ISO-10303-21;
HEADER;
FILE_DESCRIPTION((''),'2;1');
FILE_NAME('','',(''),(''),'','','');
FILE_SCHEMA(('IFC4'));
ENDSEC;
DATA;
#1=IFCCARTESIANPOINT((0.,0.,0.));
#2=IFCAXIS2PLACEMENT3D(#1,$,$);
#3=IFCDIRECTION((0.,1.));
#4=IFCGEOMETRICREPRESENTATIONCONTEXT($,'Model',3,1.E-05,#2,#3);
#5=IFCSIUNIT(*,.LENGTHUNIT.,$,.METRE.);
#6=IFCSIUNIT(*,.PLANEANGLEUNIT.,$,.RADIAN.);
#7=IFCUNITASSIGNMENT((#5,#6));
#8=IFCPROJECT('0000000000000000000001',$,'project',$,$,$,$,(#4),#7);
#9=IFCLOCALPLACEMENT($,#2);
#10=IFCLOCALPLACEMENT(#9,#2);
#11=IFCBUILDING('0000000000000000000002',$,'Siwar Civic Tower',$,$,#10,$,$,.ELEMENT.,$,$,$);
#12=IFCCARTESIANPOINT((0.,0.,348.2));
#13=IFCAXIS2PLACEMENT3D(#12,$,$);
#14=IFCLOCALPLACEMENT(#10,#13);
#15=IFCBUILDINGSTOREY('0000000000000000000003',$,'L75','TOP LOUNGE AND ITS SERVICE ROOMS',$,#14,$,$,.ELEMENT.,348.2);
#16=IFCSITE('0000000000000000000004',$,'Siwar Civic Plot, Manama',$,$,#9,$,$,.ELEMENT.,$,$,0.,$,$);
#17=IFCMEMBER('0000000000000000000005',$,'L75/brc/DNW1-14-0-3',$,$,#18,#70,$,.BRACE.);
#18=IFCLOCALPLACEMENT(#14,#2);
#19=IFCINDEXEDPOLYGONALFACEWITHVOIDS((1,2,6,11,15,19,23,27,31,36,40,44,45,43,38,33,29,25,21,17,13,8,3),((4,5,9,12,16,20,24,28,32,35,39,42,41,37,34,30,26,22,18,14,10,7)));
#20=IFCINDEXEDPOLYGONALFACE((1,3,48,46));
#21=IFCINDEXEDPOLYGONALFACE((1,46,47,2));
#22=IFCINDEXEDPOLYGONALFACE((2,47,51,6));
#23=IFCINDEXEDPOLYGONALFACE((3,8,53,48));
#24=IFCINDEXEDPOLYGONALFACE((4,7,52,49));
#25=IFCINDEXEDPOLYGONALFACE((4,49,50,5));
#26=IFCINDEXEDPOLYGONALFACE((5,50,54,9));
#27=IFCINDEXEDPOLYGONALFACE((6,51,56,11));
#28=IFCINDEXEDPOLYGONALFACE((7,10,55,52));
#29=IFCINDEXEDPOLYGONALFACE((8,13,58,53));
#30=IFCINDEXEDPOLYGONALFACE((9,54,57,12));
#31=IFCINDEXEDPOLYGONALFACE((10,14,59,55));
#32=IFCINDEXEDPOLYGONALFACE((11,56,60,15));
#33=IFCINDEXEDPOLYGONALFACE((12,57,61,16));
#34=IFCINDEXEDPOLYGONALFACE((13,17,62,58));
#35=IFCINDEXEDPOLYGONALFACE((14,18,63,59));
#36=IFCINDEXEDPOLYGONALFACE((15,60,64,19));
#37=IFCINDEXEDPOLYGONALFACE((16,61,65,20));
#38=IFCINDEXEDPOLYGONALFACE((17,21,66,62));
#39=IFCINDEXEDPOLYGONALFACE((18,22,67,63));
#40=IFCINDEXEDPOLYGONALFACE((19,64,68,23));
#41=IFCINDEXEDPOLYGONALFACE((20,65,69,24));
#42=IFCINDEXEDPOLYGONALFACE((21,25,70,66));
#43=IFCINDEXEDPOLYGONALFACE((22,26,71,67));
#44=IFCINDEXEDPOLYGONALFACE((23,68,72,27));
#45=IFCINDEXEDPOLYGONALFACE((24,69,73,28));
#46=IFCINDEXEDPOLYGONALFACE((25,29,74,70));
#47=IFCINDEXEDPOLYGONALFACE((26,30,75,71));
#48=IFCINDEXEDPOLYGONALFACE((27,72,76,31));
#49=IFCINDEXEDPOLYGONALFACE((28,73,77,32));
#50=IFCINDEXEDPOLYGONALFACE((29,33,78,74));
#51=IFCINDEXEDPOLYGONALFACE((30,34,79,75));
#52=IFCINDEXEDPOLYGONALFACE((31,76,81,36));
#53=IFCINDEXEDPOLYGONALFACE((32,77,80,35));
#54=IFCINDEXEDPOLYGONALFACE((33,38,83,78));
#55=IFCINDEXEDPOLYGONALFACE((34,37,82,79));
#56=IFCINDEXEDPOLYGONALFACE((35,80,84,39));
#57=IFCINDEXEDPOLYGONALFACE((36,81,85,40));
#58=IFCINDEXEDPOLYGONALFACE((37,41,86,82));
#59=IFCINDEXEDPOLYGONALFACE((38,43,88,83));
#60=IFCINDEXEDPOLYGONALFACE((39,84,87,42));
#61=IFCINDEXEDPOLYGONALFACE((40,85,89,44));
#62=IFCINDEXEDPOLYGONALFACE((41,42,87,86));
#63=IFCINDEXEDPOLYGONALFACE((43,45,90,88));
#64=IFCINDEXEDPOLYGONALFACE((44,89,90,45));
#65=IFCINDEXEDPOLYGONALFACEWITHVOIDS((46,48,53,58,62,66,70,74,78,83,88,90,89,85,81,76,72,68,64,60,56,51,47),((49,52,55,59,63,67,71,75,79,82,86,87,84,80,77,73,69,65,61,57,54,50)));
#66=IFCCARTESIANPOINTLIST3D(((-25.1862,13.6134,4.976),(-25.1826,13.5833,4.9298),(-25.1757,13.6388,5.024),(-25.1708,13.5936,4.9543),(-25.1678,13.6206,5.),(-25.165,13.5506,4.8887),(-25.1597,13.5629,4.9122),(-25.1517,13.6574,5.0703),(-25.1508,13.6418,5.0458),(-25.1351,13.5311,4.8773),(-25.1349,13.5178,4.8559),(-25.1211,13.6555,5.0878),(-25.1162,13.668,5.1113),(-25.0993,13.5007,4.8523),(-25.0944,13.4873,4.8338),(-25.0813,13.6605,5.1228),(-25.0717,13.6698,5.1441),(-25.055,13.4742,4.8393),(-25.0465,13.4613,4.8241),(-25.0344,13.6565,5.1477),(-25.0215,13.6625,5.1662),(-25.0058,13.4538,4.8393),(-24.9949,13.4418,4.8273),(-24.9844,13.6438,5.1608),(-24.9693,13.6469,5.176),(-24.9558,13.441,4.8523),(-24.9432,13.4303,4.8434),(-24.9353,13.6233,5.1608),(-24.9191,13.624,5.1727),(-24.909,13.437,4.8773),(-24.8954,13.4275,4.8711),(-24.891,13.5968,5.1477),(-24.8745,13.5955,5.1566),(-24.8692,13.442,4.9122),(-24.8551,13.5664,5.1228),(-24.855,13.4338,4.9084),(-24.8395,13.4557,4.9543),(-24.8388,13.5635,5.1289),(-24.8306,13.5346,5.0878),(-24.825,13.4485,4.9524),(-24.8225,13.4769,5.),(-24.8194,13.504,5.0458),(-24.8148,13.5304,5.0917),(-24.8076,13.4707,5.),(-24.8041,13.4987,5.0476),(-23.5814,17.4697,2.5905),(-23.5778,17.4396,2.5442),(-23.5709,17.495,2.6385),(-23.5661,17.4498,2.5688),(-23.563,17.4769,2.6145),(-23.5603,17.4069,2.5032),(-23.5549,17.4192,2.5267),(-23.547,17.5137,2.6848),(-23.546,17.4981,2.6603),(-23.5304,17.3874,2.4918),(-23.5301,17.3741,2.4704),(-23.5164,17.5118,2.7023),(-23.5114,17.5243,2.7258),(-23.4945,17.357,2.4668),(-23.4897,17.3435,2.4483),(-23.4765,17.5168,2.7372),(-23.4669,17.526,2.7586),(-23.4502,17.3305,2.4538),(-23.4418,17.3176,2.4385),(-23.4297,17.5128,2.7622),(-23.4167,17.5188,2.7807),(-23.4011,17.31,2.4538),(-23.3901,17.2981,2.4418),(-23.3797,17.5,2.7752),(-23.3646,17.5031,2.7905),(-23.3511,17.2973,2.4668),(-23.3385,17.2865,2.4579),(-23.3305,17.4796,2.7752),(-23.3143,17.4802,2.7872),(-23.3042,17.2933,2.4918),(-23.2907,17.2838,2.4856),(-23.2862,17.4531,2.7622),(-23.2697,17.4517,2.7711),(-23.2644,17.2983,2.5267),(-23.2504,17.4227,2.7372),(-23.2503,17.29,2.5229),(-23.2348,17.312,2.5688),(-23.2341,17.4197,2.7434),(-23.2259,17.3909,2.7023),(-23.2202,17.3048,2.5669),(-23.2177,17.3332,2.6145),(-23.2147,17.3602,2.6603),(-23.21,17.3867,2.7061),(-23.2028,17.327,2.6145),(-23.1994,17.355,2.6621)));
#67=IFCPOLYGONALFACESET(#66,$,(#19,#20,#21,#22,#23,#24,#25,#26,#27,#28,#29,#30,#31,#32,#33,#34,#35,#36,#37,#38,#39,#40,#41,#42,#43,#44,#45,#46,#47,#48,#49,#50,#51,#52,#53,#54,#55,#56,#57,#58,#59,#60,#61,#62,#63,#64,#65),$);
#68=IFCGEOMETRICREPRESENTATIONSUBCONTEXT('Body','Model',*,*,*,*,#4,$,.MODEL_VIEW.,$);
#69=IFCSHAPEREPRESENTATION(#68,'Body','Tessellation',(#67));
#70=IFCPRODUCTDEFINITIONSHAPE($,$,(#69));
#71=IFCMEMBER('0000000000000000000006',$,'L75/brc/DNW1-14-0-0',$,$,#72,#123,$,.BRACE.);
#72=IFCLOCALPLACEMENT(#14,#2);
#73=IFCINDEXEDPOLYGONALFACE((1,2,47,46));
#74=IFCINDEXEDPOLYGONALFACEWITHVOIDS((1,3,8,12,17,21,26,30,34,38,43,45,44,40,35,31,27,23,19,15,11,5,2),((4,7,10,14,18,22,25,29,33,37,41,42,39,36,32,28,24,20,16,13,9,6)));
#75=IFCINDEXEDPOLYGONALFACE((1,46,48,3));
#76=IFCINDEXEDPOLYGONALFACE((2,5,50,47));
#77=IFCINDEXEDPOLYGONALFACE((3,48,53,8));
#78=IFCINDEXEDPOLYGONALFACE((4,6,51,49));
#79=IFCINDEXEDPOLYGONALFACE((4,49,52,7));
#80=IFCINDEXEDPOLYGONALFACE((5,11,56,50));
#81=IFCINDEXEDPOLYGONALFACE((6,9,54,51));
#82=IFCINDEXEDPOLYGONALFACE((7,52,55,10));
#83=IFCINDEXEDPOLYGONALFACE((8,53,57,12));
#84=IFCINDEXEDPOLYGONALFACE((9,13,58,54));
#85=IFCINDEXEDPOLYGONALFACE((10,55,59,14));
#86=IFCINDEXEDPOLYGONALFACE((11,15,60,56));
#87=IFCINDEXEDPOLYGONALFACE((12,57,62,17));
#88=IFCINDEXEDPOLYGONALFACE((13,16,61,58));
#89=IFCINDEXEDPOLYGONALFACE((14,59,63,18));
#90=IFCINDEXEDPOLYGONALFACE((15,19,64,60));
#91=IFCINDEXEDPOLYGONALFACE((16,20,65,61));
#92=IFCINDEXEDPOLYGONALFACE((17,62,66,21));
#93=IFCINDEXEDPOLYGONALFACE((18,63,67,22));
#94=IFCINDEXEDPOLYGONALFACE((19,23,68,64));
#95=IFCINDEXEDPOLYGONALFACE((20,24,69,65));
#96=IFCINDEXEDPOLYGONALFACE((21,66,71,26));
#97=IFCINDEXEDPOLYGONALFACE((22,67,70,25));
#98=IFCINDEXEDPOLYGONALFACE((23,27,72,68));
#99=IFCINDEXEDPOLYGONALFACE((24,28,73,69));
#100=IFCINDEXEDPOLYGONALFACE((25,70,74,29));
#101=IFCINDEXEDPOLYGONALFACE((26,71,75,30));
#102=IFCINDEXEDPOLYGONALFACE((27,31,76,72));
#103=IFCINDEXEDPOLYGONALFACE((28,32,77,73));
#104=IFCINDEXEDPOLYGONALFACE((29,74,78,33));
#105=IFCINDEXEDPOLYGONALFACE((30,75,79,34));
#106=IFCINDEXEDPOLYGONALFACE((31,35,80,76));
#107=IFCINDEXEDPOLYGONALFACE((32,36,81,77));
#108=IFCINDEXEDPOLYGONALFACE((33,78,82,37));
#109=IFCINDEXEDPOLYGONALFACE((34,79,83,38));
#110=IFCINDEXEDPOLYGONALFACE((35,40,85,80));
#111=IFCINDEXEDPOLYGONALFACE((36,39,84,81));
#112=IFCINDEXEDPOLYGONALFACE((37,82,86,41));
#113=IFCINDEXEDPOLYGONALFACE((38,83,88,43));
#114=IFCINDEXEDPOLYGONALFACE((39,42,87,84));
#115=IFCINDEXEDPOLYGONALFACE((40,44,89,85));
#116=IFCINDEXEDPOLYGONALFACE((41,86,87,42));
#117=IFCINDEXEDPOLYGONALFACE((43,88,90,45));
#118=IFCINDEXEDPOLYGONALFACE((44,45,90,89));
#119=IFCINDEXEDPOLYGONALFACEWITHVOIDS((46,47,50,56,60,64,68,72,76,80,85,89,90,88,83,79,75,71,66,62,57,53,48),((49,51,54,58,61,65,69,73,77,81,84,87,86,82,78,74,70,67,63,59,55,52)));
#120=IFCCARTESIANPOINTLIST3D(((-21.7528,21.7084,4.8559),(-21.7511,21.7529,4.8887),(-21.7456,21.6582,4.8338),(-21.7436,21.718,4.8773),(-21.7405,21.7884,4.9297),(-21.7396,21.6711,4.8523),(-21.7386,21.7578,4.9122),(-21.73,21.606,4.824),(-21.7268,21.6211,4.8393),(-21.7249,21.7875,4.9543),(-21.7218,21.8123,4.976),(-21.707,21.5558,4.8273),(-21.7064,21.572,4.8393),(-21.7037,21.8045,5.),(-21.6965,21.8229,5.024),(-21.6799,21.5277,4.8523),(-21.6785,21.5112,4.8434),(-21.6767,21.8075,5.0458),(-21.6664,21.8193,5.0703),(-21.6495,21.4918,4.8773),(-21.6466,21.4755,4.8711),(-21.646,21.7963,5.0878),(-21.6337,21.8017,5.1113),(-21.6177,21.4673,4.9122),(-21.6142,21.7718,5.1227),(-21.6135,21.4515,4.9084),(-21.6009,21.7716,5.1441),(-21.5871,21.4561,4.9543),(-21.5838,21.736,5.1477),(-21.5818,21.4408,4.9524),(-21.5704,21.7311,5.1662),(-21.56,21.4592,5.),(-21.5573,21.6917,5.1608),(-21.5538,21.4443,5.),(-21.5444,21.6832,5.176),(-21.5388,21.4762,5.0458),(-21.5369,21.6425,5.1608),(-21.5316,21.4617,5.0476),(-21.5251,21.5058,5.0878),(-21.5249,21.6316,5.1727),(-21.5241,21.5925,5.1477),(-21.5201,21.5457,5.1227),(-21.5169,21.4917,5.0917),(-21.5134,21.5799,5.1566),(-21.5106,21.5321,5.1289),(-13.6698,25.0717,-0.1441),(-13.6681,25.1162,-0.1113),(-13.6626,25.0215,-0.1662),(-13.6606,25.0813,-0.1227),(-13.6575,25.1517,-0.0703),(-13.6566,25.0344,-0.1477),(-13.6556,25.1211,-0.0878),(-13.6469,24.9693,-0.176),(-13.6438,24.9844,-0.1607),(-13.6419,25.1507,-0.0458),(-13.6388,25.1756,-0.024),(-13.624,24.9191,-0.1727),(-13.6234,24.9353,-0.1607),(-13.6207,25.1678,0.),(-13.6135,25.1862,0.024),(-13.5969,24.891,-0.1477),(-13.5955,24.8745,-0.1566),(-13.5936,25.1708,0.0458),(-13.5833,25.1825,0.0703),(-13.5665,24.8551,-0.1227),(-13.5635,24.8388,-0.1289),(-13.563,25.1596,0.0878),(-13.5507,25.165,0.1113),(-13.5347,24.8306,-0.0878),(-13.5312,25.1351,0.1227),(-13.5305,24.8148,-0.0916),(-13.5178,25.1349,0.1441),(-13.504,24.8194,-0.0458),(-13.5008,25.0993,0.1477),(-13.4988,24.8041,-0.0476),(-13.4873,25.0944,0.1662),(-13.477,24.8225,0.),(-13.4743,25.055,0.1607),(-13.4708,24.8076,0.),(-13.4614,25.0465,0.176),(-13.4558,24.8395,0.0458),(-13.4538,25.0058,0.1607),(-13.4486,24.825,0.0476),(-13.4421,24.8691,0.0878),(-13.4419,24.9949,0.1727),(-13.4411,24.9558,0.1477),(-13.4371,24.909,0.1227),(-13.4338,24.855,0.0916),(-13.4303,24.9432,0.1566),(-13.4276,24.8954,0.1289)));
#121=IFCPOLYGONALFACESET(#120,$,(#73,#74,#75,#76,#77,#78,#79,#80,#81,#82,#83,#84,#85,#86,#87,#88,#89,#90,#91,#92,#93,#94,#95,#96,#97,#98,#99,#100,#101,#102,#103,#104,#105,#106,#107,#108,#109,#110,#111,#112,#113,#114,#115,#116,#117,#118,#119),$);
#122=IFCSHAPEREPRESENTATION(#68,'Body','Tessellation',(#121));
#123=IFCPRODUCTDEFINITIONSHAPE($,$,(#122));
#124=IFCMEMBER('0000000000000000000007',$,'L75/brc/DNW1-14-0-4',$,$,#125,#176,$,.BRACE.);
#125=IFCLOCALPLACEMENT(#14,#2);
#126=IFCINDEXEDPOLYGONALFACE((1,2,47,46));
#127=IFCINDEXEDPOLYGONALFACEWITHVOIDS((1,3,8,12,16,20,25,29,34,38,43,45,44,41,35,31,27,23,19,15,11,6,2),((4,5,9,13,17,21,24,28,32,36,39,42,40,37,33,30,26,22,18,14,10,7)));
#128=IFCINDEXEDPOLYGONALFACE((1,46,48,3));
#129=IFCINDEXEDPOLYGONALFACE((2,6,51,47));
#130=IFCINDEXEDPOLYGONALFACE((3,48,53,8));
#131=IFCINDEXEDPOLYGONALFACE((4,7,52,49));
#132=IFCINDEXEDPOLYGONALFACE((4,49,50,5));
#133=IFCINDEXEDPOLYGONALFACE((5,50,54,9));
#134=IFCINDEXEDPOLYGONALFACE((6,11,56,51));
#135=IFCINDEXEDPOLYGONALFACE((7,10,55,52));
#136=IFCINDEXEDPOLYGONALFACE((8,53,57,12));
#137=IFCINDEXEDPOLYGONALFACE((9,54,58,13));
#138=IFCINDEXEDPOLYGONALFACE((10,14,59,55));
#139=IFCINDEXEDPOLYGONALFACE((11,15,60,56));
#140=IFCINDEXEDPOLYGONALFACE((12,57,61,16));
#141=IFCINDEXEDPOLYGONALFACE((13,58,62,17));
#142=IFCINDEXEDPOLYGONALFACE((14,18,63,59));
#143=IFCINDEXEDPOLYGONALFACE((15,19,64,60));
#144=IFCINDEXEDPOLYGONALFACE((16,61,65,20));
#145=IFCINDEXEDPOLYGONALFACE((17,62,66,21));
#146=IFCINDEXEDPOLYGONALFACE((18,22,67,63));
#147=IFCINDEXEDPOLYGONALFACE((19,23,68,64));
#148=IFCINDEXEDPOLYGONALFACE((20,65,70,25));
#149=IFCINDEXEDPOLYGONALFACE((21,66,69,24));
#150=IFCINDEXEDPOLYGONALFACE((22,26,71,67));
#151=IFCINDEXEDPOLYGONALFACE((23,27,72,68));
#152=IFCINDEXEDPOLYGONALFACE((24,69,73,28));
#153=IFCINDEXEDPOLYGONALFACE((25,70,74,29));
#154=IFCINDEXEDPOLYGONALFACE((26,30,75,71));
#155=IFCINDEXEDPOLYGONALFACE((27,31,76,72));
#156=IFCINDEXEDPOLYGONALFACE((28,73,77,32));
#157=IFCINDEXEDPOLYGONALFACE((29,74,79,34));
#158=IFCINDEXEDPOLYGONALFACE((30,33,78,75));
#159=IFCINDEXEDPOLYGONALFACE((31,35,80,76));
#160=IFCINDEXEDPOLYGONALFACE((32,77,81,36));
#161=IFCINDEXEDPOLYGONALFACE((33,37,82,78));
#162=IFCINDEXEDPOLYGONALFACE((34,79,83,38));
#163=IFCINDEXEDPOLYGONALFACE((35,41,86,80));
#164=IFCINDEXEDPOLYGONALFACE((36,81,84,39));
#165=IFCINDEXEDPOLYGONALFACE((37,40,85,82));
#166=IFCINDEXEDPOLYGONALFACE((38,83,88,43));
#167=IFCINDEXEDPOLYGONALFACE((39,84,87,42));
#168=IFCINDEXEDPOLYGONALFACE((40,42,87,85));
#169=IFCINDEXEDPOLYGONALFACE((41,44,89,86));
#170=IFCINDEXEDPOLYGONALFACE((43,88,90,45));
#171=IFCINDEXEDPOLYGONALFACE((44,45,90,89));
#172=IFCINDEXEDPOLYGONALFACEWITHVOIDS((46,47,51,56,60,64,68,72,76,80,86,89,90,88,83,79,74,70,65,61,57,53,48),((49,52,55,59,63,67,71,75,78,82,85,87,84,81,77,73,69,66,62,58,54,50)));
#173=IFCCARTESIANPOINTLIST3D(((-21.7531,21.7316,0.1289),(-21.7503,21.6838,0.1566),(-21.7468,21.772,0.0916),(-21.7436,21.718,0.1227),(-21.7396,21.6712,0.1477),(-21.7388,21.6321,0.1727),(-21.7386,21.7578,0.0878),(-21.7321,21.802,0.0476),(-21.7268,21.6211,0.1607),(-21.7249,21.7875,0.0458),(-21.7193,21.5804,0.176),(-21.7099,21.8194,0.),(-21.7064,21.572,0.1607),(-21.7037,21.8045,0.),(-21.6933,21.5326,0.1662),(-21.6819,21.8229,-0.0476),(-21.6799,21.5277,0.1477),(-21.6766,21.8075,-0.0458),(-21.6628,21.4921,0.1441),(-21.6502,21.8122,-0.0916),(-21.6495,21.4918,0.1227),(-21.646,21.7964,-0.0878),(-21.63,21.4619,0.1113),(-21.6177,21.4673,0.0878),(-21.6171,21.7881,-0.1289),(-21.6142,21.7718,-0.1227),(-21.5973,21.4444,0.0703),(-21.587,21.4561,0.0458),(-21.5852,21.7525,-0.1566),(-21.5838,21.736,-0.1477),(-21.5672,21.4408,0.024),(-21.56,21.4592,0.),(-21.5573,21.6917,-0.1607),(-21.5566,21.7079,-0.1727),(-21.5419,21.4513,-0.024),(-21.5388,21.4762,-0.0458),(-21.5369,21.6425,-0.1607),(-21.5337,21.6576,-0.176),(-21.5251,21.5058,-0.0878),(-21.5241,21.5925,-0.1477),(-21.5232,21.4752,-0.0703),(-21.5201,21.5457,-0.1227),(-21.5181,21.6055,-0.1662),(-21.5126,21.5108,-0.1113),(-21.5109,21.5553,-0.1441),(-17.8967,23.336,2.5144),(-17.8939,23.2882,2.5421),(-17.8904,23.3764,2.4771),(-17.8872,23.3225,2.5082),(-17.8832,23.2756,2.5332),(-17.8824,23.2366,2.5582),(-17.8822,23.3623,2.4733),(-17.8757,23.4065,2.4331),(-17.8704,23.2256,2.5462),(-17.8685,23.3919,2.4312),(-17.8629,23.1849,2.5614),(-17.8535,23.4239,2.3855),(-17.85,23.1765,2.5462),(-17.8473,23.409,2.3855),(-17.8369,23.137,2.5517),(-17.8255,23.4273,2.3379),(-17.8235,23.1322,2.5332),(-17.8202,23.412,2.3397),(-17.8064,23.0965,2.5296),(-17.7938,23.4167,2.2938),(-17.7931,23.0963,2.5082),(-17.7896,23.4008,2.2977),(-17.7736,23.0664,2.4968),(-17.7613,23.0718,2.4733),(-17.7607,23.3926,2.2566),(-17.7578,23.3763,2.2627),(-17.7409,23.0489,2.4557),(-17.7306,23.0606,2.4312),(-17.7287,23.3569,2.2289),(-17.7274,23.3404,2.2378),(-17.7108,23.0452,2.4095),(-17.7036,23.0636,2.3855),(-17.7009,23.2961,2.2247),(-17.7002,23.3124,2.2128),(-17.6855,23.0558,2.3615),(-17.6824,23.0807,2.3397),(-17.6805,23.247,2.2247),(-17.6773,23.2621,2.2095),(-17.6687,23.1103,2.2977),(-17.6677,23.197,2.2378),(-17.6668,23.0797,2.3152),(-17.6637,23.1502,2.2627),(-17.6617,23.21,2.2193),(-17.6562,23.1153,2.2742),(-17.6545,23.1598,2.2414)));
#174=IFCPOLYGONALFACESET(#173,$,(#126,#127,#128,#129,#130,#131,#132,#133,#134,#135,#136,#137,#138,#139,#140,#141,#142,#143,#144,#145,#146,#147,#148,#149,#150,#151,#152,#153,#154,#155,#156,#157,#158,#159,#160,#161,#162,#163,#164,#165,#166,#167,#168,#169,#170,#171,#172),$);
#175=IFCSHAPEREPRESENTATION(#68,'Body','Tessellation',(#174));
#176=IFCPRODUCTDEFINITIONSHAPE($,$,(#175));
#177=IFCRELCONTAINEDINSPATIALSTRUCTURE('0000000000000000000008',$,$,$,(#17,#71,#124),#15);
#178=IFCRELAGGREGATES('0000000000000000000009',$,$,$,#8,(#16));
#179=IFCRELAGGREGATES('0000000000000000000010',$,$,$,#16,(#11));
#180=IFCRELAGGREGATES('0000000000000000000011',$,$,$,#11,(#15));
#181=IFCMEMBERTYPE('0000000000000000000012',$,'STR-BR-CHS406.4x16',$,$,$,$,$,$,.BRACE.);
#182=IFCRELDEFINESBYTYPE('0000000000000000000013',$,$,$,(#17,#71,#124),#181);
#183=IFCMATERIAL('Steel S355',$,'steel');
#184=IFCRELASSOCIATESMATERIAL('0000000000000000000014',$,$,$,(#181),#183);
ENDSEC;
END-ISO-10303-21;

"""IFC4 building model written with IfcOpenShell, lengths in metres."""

from ifc_helpers import new_model, si_unit, direction, frame, origin, origin_2d, place, context, subcontext, project, spatial, hollow_circle, extrude, material, material_profile, profile_set, type_object, element, save


model = new_model("IFC4")

# Units and contexts
model_context = context("Model", 3, precision=1e-05, world=origin(), true_north=direction((0.0, 1.0)))
body_context = subcontext(model_context, "Body", "Model", "MODEL_VIEW")
ifc_project = project(units=[si_unit("LENGTHUNIT", "METRE"), si_unit("PLANEANGLEUNIT", "RADIAN")], contexts=[model_context])

# Site, building, storey
site_placement = place(None, origin())
site = spatial("IfcSite", under=ifc_project, at=site_placement, Name="Siwar Civic Plot, Manama", CompositionType="ELEMENT", RefElevation=0.0)
building_placement = place(site_placement, origin())
building = spatial("IfcBuilding", under=site, at=building_placement, Name="Siwar Civic Tower", CompositionType="ELEMENT")
storey_placement = place(building_placement, frame((0.0, 0.0, 348.2)))
storey = spatial("IfcBuildingStorey", under=building, at=storey_placement, Name="L75", Description="TOP LOUNGE AND ITS SERVICE ROOMS", CompositionType="ELEMENT", Elevation=348.2)

# Members
ifc_material_1 = material(Name="Steel S355", Category="steel")
ifc_material_profile_1 = material_profile(ifc_material_1, hollow_circle(Radius=0.2031, WallThickness=0.0161, at=origin_2d()), Name="CHS406.4x16")
ifc_profile_set_1 = profile_set([ifc_material_profile_1], Name="Steel S355")
member_type_1 = type_object("IfcMemberType", Name="STR-BR-CHS406.4x16", PredefinedType="BRACE", material=ifc_profile_set_1)
for number, where, z_axis, x_axis, name in (
    (1, (-23.3904, 17.405, 2.6145), (-0.333625, -0.801706, 0.495946), (0.923248, -0.384204, 0.0), "L75/brc/DNW1-14-0-3"),
):
    element("IfcMember", number, at=place(storey_placement, frame(where, z_axis=z_axis, x_axis=x_axis)), inside=storey, type_object=member_type_1, Name=name, PredefinedType="BRACE", context=body_context, shape_type="SweptSolid", body=[
        extrude(hollow_circle(Radius=0.2031, WallThickness=0.0161, at=origin_2d()), origin(), (0.0, 0.0, 1.0), 4.8101),
    ])
member_1_placement = place(storey_placement, frame((-13.5488, 24.9951, 0.0), z_axis=(-0.801727, -0.333593, 0.495933), x_axis=(0.384164, -0.923265, 0.0)))
element("IfcMember", 2, at=member_1_placement, inside=storey, type_object=member_type_1, Name="L75/brc/DNW1-14-0-0", PredefinedType="BRACE", context=body_context, shape_type="SweptSolid", body=[
    extrude(hollow_circle(Radius=0.2031, WallThickness=0.0161, at=origin_2d()), origin(), (0.0, 0.0, 1.0), 10.082),
])
for number, where, z_axis, x_axis, name in (
    (3, (-21.6318, 21.6318, 0.0), (0.801737, 0.333567, 0.495934), (-0.384134, 0.923277, 0.0), "L75/brc/DNW1-14-0-4"),
):
    element("IfcMember", number, at=place(storey_placement, frame(where, z_axis=z_axis, x_axis=x_axis)), inside=storey, type_object=member_type_1, Name=name, PredefinedType="BRACE", context=body_context, shape_type="SweptSolid", body=[
        extrude(hollow_circle(Radius=0.2031, WallThickness=0.0161, at=origin_2d()), origin(), (0.0, 0.0, 1.0), 4.8101),
    ])

save(model, "model.ifc")
